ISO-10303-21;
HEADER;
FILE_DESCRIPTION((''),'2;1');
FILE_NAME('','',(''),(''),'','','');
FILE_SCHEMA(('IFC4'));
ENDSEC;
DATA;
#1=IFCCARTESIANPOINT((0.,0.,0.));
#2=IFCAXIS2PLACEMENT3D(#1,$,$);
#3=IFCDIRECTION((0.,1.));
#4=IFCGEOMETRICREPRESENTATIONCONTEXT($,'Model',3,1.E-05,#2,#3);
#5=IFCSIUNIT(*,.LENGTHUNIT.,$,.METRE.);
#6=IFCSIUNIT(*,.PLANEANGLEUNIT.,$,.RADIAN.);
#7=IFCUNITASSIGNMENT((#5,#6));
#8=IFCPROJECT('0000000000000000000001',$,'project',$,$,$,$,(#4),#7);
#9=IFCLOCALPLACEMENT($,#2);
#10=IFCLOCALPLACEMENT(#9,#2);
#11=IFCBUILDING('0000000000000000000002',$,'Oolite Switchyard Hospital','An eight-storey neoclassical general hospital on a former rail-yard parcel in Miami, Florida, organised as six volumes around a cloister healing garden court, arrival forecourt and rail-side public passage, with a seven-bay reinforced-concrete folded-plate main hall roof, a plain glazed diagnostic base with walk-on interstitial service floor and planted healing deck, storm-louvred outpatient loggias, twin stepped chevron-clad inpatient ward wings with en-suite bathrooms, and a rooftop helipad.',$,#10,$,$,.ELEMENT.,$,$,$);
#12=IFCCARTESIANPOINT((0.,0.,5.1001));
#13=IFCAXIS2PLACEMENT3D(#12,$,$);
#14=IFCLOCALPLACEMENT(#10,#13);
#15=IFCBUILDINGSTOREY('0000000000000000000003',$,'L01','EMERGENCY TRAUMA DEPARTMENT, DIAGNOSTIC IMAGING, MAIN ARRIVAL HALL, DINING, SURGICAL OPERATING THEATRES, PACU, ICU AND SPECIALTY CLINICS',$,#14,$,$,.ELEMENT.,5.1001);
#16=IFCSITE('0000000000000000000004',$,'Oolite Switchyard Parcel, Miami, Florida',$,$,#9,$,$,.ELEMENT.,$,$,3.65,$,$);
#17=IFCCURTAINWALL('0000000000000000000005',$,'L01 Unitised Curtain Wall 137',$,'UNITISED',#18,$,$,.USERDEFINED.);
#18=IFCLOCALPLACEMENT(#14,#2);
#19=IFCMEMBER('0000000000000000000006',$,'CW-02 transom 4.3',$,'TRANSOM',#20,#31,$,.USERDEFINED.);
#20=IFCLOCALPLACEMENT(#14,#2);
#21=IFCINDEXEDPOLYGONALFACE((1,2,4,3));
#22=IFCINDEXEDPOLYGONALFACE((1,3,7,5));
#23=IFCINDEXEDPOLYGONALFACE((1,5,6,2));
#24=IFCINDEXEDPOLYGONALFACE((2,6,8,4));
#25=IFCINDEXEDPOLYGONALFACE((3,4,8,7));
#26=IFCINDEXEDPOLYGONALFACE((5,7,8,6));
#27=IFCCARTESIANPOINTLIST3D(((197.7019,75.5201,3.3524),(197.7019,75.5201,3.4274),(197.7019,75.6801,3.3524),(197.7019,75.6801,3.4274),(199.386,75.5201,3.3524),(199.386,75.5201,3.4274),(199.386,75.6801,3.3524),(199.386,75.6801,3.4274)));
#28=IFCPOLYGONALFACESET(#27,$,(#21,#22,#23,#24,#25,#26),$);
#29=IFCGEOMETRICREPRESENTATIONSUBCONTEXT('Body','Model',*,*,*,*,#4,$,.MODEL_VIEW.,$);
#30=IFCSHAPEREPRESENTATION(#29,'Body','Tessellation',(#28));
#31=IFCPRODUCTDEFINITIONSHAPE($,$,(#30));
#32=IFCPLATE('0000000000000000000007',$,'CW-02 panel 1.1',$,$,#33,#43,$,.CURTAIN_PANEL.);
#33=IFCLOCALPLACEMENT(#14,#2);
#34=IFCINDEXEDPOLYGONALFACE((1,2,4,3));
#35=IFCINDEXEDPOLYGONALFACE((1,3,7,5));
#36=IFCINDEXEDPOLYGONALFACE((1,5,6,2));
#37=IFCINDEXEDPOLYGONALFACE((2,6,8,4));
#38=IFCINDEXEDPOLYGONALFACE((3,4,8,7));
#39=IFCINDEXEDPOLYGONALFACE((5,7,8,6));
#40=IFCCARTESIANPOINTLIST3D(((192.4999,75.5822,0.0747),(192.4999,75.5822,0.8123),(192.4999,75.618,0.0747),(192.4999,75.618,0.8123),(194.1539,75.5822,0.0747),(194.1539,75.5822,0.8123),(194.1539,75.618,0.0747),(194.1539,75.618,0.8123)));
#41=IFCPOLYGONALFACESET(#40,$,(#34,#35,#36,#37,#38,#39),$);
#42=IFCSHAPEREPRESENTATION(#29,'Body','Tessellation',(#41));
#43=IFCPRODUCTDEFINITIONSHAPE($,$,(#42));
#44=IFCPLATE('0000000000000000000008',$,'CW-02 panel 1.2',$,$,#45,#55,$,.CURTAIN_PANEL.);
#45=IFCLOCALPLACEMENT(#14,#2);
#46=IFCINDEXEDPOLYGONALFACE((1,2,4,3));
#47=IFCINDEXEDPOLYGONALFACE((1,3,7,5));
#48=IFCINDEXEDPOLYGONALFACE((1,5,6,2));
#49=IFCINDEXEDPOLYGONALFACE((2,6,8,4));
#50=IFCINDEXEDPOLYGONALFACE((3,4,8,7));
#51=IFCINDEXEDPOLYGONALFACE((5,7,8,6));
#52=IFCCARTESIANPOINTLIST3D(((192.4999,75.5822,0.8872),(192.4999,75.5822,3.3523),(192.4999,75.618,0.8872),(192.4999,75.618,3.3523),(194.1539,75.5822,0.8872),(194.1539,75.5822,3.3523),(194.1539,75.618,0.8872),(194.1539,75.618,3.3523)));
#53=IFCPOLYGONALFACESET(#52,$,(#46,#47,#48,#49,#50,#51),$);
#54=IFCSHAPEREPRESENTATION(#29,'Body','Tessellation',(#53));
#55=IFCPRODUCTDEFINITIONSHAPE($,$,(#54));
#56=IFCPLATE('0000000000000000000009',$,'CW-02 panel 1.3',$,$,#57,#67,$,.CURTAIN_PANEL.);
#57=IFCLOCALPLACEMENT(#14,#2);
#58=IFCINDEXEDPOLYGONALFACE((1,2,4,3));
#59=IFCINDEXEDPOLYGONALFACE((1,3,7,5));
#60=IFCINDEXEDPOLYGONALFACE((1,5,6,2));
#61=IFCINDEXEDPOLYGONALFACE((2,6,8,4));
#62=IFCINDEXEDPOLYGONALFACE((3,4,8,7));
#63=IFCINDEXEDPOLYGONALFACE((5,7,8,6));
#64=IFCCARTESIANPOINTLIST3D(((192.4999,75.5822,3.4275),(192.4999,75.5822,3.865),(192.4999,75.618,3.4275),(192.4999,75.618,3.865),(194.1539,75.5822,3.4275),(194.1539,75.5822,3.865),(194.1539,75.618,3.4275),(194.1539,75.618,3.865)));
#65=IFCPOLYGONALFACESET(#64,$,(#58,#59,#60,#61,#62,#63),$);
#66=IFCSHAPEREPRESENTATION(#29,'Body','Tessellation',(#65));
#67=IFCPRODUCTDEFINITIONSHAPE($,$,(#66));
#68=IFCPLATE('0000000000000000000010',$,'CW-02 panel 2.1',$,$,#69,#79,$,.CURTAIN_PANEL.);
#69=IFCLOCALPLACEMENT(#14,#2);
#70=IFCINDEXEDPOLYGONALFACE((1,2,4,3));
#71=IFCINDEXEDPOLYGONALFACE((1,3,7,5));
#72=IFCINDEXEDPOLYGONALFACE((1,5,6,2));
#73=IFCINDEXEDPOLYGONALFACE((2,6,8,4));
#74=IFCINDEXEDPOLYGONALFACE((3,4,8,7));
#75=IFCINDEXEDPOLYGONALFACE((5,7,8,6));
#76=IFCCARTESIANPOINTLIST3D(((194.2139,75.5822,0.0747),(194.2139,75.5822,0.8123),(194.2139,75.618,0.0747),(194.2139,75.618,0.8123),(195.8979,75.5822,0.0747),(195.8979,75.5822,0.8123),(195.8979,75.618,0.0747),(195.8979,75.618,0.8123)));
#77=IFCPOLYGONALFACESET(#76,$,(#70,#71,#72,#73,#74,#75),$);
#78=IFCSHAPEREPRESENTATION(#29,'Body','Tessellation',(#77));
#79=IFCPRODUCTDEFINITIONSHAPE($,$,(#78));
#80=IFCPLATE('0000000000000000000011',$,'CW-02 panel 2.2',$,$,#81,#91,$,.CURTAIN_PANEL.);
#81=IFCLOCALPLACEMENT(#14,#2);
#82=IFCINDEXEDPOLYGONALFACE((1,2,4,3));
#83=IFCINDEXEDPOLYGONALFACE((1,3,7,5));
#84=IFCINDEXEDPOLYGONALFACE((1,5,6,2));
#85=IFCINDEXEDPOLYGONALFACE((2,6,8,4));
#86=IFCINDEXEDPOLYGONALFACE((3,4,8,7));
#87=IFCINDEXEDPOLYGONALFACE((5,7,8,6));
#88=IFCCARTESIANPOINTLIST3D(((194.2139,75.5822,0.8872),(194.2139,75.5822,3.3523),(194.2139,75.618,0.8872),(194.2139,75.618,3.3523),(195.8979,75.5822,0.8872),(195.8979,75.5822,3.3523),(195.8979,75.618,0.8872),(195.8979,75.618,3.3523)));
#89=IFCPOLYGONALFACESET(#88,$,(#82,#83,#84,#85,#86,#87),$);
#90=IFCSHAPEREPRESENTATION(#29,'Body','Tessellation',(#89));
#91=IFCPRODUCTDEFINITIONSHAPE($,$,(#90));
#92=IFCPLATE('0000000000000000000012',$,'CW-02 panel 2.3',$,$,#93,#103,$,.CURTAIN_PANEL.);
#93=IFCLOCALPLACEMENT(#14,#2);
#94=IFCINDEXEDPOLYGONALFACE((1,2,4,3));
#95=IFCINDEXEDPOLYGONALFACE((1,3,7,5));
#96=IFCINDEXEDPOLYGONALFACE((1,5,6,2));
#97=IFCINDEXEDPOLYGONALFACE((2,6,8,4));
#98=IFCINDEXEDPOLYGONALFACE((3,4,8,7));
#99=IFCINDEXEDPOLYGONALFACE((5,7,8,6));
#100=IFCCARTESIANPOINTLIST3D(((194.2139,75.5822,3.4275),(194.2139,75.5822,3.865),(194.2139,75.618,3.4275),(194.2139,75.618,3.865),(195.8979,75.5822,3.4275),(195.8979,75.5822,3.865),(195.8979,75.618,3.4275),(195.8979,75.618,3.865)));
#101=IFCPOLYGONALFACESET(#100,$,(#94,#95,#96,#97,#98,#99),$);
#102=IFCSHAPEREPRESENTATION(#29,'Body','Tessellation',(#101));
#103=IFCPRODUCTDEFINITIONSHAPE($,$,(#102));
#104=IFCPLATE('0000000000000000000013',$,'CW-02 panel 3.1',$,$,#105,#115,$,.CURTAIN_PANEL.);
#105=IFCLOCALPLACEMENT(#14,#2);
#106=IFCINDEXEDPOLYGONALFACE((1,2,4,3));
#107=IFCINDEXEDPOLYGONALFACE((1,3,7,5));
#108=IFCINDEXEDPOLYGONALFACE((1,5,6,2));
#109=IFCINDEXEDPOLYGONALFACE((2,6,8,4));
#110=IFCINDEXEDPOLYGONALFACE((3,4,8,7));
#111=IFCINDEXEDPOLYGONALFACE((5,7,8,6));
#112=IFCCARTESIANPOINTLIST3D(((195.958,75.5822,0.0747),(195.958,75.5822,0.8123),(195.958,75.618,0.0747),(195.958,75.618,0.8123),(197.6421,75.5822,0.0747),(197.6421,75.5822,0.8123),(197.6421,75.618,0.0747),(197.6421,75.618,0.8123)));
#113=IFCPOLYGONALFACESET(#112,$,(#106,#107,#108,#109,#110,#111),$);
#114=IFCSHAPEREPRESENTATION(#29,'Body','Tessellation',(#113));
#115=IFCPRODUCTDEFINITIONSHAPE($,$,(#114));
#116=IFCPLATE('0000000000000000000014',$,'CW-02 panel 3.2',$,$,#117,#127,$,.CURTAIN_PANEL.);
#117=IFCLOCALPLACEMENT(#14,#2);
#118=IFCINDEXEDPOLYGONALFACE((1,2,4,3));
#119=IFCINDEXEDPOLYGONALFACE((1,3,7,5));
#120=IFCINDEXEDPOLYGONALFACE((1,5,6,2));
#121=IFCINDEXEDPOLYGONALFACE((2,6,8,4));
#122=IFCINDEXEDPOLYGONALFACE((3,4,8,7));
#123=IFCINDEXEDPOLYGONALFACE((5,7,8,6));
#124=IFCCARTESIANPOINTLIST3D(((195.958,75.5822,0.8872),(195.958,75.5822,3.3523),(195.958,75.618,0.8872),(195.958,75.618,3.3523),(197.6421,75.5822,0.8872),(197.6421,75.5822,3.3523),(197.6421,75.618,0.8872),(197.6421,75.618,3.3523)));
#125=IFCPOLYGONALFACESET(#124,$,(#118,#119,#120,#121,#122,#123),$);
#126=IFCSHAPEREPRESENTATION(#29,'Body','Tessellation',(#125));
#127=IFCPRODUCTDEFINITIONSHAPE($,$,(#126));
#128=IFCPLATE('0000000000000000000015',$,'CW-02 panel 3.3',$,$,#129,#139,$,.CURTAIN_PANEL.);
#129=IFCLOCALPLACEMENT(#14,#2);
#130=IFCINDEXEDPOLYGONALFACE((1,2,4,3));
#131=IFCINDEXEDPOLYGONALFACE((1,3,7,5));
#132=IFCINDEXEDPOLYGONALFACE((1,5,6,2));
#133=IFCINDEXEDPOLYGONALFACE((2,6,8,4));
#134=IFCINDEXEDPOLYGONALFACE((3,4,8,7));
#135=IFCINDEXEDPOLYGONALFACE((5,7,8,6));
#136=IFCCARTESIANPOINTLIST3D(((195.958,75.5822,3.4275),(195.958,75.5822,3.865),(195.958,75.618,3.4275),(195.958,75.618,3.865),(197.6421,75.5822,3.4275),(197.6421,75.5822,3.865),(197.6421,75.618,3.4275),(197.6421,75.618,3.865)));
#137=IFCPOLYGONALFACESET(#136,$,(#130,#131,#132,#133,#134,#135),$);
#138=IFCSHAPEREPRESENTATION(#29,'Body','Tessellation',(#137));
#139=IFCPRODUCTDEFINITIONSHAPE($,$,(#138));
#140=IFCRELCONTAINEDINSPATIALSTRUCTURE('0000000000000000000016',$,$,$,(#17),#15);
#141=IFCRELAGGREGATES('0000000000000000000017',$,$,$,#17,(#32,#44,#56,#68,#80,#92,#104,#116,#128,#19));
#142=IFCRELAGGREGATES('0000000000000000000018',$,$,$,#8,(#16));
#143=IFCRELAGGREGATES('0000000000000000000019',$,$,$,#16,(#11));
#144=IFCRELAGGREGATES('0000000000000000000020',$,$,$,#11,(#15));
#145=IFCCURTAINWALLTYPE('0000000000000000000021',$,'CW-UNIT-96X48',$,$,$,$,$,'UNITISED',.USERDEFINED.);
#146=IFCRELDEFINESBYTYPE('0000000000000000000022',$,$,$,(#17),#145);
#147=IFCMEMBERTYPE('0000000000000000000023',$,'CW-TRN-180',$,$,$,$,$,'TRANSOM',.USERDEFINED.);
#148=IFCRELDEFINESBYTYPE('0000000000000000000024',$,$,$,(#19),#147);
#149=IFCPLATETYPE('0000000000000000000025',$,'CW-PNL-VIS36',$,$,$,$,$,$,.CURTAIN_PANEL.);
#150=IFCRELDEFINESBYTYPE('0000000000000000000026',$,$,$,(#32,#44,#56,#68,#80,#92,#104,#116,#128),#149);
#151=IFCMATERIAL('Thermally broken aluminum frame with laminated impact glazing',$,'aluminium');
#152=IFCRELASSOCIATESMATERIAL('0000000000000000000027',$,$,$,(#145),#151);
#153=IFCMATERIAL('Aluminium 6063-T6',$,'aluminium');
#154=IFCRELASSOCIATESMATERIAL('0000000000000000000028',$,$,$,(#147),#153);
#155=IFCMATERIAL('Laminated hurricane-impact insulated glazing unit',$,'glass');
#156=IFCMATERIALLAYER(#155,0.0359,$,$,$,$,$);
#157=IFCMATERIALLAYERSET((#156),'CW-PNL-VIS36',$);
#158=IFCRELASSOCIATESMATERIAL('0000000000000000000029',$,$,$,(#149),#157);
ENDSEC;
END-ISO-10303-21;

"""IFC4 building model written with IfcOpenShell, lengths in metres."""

from ifc_helpers import new_model, si_unit, direction, frame, origin, origin_2d, place, context, subcontext, project, spatial, rectangle, extrude, material, layer, layer_set, material_profile, profile_set, type_object, element, aggregate, save


model = new_model("IFC4")

# Units and contexts
model_context = context("Model", 3, precision=1e-05, world=origin(), true_north=direction((0.0, 1.0)))
body_context = subcontext(model_context, "Body", "Model", "MODEL_VIEW")
ifc_project = project(units=[si_unit("LENGTHUNIT", "METRE"), si_unit("PLANEANGLEUNIT", "RADIAN")], contexts=[model_context])

# Site, building, storey
site_placement = place(None, origin())
site = spatial("IfcSite", under=ifc_project, at=site_placement, Name="Oolite Switchyard Parcel, Miami, Florida", CompositionType="ELEMENT", RefElevation=3.65)
building_placement = place(site_placement, origin())
building = spatial("IfcBuilding", under=site, at=building_placement, Name="Oolite Switchyard Hospital", Description="An eight-storey neoclassical general hospital on a former rail-yard parcel in Miami, Florida, organised as six volumes around a cloister healing garden court, arrival forecourt and rail-side public passage, with a seven-bay reinforced-concrete folded-plate main hall roof, a plain glazed diagnostic base with walk-on interstitial service floor and planted healing deck, storm-louvred outpatient loggias, twin stepped chevron-clad inpatient ward wings with en-suite bathrooms, and a rooftop helipad.", CompositionType="ELEMENT")
storey_placement = place(building_placement, frame((0.0, 0.0, 5.1001)))
storey = spatial("IfcBuildingStorey", under=building, at=storey_placement, Name="L01", Description="EMERGENCY TRAUMA DEPARTMENT, DIAGNOSTIC IMAGING, MAIN ARRIVAL HALL, DINING, SURGICAL OPERATING THEATRES, PACU, ICU AND SPECIALTY CLINICS", CompositionType="ELEMENT", Elevation=5.1001)

# Curtain wall, member, plates
ifc_material_1 = material(Name="Thermally broken aluminum frame with laminated impact glazing", Category="aluminium")
curtain_wall_type = type_object("IfcCurtainWallType", Name="CW-UNIT-96X48", ElementType="UNITISED", PredefinedType="USERDEFINED", material=ifc_material_1)
curtain_wall_placement = place(storey_placement, origin())
curtain_wall = element("IfcCurtainWall", 1, at=curtain_wall_placement, inside=storey, type_object=curtain_wall_type, Name="L01 Unitised Curtain Wall 137", ObjectType="UNITISED", PredefinedType="USERDEFINED")
ifc_material_2 = material(Name="Aluminium 6063-T6", Category="aluminium")
ifc_material_profile_1 = material_profile(ifc_material_2, rectangle(XDim=0.1599, YDim=0.075, at=origin_2d()), Name="CWT75X160")
ifc_profile_set_1 = profile_set([ifc_material_profile_1], Name="Aluminium 6063-T6")
member_type_1 = type_object("IfcMemberType", Name="CW-TRN-180", ElementType="TRANSOM", PredefinedType="USERDEFINED", material=ifc_profile_set_1)
member_1_placement = place(storey_placement, frame((197.7019, 75.6001, 3.3899), z_axis=(1.0, 0.0, 0.0), x_axis=(0.0, 1.0, 0.0)))
member_1 = element("IfcMember", 2, at=member_1_placement, type_object=member_type_1, Name="CW-02 transom 4.3", ObjectType="TRANSOM", PredefinedType="USERDEFINED", context=body_context, shape_type="SweptSolid", body=[
    extrude(rectangle(XDim=0.1599, YDim=0.075, at=origin_2d()), origin(), (0.0, 0.0, 1.0), 1.6841),
])
ifc_material_3 = material(Name="Laminated hurricane-impact insulated glazing unit", Category="glass")
ifc_layer = layer(ifc_material_3, 0.0359)
ifc_layer_set = layer_set([ifc_layer], Name="CW-PNL-VIS36")
plate_type = type_object("IfcPlateType", Name="CW-PNL-VIS36", PredefinedType="CURTAIN_PANEL", material=ifc_layer_set)
plate_1_placement = place(storey_placement, frame((193.3269, 75.6001, 0.0747), z_axis=(0.0, 0.0, 1.0), x_axis=(1.0, 0.0, 0.0)))
plate_1 = element("IfcPlate", 3, at=plate_1_placement, type_object=plate_type, Name="CW-02 panel 1.1", PredefinedType="CURTAIN_PANEL", context=body_context, shape_type="SweptSolid", body=[
    extrude(rectangle(XDim=1.6541, YDim=0.0359, at=origin_2d()), origin(), (0.0, 0.0, 1.0), 0.7375),
])
plate_2_placement = place(storey_placement, frame((193.3269, 75.6001, 0.8872), z_axis=(0.0, 0.0, 1.0), x_axis=(1.0, 0.0, 0.0)))
plate_2 = element("IfcPlate", 4, at=plate_2_placement, type_object=plate_type, Name="CW-02 panel 1.2", PredefinedType="CURTAIN_PANEL", context=body_context, shape_type="SweptSolid", body=[
    extrude(rectangle(XDim=1.6541, YDim=0.0359, at=origin_2d()), origin(), (0.0, 0.0, 1.0), 2.4651),
])
plate_3_placement = place(storey_placement, frame((193.3269, 75.6001, 3.4275), z_axis=(0.0, 0.0, 1.0), x_axis=(1.0, 0.0, 0.0)))
plate_3 = element("IfcPlate", 5, at=plate_3_placement, type_object=plate_type, Name="CW-02 panel 1.3", PredefinedType="CURTAIN_PANEL", context=body_context, shape_type="SweptSolid", body=[
    extrude(rectangle(XDim=1.6541, YDim=0.0359, at=origin_2d()), origin(), (0.0, 0.0, 1.0), 0.4375),
])
plate_4_placement = place(storey_placement, frame((195.0559, 75.6001, 0.0747), z_axis=(0.0, 0.0, 1.0), x_axis=(1.0, 0.0, 0.0)))
plate_4 = element("IfcPlate", 6, at=plate_4_placement, type_object=plate_type, Name="CW-02 panel 2.1", PredefinedType="CURTAIN_PANEL", context=body_context, shape_type="SweptSolid", body=[
    extrude(rectangle(XDim=1.6841, YDim=0.0359, at=origin_2d()), origin(), (0.0, 0.0, 1.0), 0.7375),
])
plate_5_placement = place(storey_placement, frame((195.0559, 75.6001, 0.8872), z_axis=(0.0, 0.0, 1.0), x_axis=(1.0, 0.0, 0.0)))
plate_5 = element("IfcPlate", 7, at=plate_5_placement, type_object=plate_type, Name="CW-02 panel 2.2", PredefinedType="CURTAIN_PANEL", context=body_context, shape_type="SweptSolid", body=[
    extrude(rectangle(XDim=1.6841, YDim=0.0359, at=origin_2d()), origin(), (0.0, 0.0, 1.0), 2.4651),
])
plate_6_placement = place(storey_placement, frame((195.0559, 75.6001, 3.4275), z_axis=(0.0, 0.0, 1.0), x_axis=(1.0, 0.0, 0.0)))
plate_6 = element("IfcPlate", 8, at=plate_6_placement, type_object=plate_type, Name="CW-02 panel 2.3", PredefinedType="CURTAIN_PANEL", context=body_context, shape_type="SweptSolid", body=[
    extrude(rectangle(XDim=1.6841, YDim=0.0359, at=origin_2d()), origin(), (0.0, 0.0, 1.0), 0.4375),
])
plate_7_placement = place(storey_placement, frame((196.8, 75.6001, 0.0747), z_axis=(0.0, 0.0, 1.0), x_axis=(1.0, 0.0, 0.0)))
plate_7 = element("IfcPlate", 9, at=plate_7_placement, type_object=plate_type, Name="CW-02 panel 3.1", PredefinedType="CURTAIN_PANEL", context=body_context, shape_type="SweptSolid", body=[
    extrude(rectangle(XDim=1.6841, YDim=0.0359, at=origin_2d()), origin(), (0.0, 0.0, 1.0), 0.7375),
])
plate_8_placement = place(storey_placement, frame((196.8, 75.6001, 0.8872), z_axis=(0.0, 0.0, 1.0), x_axis=(1.0, 0.0, 0.0)))
plate_8 = element("IfcPlate", 10, at=plate_8_placement, type_object=plate_type, Name="CW-02 panel 3.2", PredefinedType="CURTAIN_PANEL", context=body_context, shape_type="SweptSolid", body=[
    extrude(rectangle(XDim=1.6841, YDim=0.0359, at=origin_2d()), origin(), (0.0, 0.0, 1.0), 2.4651),
])
plate_9_placement = place(storey_placement, frame((196.8, 75.6001, 3.4275), z_axis=(0.0, 0.0, 1.0), x_axis=(1.0, 0.0, 0.0)))
plate_9 = element("IfcPlate", 11, at=plate_9_placement, type_object=plate_type, Name="CW-02 panel 3.3", PredefinedType="CURTAIN_PANEL", context=body_context, shape_type="SweptSolid", body=[
    extrude(rectangle(XDim=1.6841, YDim=0.0359, at=origin_2d()), origin(), (0.0, 0.0, 1.0), 0.4375),
])
aggregate(curtain_wall, [plate_1, plate_2, plate_3, plate_4, plate_5, plate_6, plate_7, plate_8, plate_9, member_1])

save(model, "model.ifc")
